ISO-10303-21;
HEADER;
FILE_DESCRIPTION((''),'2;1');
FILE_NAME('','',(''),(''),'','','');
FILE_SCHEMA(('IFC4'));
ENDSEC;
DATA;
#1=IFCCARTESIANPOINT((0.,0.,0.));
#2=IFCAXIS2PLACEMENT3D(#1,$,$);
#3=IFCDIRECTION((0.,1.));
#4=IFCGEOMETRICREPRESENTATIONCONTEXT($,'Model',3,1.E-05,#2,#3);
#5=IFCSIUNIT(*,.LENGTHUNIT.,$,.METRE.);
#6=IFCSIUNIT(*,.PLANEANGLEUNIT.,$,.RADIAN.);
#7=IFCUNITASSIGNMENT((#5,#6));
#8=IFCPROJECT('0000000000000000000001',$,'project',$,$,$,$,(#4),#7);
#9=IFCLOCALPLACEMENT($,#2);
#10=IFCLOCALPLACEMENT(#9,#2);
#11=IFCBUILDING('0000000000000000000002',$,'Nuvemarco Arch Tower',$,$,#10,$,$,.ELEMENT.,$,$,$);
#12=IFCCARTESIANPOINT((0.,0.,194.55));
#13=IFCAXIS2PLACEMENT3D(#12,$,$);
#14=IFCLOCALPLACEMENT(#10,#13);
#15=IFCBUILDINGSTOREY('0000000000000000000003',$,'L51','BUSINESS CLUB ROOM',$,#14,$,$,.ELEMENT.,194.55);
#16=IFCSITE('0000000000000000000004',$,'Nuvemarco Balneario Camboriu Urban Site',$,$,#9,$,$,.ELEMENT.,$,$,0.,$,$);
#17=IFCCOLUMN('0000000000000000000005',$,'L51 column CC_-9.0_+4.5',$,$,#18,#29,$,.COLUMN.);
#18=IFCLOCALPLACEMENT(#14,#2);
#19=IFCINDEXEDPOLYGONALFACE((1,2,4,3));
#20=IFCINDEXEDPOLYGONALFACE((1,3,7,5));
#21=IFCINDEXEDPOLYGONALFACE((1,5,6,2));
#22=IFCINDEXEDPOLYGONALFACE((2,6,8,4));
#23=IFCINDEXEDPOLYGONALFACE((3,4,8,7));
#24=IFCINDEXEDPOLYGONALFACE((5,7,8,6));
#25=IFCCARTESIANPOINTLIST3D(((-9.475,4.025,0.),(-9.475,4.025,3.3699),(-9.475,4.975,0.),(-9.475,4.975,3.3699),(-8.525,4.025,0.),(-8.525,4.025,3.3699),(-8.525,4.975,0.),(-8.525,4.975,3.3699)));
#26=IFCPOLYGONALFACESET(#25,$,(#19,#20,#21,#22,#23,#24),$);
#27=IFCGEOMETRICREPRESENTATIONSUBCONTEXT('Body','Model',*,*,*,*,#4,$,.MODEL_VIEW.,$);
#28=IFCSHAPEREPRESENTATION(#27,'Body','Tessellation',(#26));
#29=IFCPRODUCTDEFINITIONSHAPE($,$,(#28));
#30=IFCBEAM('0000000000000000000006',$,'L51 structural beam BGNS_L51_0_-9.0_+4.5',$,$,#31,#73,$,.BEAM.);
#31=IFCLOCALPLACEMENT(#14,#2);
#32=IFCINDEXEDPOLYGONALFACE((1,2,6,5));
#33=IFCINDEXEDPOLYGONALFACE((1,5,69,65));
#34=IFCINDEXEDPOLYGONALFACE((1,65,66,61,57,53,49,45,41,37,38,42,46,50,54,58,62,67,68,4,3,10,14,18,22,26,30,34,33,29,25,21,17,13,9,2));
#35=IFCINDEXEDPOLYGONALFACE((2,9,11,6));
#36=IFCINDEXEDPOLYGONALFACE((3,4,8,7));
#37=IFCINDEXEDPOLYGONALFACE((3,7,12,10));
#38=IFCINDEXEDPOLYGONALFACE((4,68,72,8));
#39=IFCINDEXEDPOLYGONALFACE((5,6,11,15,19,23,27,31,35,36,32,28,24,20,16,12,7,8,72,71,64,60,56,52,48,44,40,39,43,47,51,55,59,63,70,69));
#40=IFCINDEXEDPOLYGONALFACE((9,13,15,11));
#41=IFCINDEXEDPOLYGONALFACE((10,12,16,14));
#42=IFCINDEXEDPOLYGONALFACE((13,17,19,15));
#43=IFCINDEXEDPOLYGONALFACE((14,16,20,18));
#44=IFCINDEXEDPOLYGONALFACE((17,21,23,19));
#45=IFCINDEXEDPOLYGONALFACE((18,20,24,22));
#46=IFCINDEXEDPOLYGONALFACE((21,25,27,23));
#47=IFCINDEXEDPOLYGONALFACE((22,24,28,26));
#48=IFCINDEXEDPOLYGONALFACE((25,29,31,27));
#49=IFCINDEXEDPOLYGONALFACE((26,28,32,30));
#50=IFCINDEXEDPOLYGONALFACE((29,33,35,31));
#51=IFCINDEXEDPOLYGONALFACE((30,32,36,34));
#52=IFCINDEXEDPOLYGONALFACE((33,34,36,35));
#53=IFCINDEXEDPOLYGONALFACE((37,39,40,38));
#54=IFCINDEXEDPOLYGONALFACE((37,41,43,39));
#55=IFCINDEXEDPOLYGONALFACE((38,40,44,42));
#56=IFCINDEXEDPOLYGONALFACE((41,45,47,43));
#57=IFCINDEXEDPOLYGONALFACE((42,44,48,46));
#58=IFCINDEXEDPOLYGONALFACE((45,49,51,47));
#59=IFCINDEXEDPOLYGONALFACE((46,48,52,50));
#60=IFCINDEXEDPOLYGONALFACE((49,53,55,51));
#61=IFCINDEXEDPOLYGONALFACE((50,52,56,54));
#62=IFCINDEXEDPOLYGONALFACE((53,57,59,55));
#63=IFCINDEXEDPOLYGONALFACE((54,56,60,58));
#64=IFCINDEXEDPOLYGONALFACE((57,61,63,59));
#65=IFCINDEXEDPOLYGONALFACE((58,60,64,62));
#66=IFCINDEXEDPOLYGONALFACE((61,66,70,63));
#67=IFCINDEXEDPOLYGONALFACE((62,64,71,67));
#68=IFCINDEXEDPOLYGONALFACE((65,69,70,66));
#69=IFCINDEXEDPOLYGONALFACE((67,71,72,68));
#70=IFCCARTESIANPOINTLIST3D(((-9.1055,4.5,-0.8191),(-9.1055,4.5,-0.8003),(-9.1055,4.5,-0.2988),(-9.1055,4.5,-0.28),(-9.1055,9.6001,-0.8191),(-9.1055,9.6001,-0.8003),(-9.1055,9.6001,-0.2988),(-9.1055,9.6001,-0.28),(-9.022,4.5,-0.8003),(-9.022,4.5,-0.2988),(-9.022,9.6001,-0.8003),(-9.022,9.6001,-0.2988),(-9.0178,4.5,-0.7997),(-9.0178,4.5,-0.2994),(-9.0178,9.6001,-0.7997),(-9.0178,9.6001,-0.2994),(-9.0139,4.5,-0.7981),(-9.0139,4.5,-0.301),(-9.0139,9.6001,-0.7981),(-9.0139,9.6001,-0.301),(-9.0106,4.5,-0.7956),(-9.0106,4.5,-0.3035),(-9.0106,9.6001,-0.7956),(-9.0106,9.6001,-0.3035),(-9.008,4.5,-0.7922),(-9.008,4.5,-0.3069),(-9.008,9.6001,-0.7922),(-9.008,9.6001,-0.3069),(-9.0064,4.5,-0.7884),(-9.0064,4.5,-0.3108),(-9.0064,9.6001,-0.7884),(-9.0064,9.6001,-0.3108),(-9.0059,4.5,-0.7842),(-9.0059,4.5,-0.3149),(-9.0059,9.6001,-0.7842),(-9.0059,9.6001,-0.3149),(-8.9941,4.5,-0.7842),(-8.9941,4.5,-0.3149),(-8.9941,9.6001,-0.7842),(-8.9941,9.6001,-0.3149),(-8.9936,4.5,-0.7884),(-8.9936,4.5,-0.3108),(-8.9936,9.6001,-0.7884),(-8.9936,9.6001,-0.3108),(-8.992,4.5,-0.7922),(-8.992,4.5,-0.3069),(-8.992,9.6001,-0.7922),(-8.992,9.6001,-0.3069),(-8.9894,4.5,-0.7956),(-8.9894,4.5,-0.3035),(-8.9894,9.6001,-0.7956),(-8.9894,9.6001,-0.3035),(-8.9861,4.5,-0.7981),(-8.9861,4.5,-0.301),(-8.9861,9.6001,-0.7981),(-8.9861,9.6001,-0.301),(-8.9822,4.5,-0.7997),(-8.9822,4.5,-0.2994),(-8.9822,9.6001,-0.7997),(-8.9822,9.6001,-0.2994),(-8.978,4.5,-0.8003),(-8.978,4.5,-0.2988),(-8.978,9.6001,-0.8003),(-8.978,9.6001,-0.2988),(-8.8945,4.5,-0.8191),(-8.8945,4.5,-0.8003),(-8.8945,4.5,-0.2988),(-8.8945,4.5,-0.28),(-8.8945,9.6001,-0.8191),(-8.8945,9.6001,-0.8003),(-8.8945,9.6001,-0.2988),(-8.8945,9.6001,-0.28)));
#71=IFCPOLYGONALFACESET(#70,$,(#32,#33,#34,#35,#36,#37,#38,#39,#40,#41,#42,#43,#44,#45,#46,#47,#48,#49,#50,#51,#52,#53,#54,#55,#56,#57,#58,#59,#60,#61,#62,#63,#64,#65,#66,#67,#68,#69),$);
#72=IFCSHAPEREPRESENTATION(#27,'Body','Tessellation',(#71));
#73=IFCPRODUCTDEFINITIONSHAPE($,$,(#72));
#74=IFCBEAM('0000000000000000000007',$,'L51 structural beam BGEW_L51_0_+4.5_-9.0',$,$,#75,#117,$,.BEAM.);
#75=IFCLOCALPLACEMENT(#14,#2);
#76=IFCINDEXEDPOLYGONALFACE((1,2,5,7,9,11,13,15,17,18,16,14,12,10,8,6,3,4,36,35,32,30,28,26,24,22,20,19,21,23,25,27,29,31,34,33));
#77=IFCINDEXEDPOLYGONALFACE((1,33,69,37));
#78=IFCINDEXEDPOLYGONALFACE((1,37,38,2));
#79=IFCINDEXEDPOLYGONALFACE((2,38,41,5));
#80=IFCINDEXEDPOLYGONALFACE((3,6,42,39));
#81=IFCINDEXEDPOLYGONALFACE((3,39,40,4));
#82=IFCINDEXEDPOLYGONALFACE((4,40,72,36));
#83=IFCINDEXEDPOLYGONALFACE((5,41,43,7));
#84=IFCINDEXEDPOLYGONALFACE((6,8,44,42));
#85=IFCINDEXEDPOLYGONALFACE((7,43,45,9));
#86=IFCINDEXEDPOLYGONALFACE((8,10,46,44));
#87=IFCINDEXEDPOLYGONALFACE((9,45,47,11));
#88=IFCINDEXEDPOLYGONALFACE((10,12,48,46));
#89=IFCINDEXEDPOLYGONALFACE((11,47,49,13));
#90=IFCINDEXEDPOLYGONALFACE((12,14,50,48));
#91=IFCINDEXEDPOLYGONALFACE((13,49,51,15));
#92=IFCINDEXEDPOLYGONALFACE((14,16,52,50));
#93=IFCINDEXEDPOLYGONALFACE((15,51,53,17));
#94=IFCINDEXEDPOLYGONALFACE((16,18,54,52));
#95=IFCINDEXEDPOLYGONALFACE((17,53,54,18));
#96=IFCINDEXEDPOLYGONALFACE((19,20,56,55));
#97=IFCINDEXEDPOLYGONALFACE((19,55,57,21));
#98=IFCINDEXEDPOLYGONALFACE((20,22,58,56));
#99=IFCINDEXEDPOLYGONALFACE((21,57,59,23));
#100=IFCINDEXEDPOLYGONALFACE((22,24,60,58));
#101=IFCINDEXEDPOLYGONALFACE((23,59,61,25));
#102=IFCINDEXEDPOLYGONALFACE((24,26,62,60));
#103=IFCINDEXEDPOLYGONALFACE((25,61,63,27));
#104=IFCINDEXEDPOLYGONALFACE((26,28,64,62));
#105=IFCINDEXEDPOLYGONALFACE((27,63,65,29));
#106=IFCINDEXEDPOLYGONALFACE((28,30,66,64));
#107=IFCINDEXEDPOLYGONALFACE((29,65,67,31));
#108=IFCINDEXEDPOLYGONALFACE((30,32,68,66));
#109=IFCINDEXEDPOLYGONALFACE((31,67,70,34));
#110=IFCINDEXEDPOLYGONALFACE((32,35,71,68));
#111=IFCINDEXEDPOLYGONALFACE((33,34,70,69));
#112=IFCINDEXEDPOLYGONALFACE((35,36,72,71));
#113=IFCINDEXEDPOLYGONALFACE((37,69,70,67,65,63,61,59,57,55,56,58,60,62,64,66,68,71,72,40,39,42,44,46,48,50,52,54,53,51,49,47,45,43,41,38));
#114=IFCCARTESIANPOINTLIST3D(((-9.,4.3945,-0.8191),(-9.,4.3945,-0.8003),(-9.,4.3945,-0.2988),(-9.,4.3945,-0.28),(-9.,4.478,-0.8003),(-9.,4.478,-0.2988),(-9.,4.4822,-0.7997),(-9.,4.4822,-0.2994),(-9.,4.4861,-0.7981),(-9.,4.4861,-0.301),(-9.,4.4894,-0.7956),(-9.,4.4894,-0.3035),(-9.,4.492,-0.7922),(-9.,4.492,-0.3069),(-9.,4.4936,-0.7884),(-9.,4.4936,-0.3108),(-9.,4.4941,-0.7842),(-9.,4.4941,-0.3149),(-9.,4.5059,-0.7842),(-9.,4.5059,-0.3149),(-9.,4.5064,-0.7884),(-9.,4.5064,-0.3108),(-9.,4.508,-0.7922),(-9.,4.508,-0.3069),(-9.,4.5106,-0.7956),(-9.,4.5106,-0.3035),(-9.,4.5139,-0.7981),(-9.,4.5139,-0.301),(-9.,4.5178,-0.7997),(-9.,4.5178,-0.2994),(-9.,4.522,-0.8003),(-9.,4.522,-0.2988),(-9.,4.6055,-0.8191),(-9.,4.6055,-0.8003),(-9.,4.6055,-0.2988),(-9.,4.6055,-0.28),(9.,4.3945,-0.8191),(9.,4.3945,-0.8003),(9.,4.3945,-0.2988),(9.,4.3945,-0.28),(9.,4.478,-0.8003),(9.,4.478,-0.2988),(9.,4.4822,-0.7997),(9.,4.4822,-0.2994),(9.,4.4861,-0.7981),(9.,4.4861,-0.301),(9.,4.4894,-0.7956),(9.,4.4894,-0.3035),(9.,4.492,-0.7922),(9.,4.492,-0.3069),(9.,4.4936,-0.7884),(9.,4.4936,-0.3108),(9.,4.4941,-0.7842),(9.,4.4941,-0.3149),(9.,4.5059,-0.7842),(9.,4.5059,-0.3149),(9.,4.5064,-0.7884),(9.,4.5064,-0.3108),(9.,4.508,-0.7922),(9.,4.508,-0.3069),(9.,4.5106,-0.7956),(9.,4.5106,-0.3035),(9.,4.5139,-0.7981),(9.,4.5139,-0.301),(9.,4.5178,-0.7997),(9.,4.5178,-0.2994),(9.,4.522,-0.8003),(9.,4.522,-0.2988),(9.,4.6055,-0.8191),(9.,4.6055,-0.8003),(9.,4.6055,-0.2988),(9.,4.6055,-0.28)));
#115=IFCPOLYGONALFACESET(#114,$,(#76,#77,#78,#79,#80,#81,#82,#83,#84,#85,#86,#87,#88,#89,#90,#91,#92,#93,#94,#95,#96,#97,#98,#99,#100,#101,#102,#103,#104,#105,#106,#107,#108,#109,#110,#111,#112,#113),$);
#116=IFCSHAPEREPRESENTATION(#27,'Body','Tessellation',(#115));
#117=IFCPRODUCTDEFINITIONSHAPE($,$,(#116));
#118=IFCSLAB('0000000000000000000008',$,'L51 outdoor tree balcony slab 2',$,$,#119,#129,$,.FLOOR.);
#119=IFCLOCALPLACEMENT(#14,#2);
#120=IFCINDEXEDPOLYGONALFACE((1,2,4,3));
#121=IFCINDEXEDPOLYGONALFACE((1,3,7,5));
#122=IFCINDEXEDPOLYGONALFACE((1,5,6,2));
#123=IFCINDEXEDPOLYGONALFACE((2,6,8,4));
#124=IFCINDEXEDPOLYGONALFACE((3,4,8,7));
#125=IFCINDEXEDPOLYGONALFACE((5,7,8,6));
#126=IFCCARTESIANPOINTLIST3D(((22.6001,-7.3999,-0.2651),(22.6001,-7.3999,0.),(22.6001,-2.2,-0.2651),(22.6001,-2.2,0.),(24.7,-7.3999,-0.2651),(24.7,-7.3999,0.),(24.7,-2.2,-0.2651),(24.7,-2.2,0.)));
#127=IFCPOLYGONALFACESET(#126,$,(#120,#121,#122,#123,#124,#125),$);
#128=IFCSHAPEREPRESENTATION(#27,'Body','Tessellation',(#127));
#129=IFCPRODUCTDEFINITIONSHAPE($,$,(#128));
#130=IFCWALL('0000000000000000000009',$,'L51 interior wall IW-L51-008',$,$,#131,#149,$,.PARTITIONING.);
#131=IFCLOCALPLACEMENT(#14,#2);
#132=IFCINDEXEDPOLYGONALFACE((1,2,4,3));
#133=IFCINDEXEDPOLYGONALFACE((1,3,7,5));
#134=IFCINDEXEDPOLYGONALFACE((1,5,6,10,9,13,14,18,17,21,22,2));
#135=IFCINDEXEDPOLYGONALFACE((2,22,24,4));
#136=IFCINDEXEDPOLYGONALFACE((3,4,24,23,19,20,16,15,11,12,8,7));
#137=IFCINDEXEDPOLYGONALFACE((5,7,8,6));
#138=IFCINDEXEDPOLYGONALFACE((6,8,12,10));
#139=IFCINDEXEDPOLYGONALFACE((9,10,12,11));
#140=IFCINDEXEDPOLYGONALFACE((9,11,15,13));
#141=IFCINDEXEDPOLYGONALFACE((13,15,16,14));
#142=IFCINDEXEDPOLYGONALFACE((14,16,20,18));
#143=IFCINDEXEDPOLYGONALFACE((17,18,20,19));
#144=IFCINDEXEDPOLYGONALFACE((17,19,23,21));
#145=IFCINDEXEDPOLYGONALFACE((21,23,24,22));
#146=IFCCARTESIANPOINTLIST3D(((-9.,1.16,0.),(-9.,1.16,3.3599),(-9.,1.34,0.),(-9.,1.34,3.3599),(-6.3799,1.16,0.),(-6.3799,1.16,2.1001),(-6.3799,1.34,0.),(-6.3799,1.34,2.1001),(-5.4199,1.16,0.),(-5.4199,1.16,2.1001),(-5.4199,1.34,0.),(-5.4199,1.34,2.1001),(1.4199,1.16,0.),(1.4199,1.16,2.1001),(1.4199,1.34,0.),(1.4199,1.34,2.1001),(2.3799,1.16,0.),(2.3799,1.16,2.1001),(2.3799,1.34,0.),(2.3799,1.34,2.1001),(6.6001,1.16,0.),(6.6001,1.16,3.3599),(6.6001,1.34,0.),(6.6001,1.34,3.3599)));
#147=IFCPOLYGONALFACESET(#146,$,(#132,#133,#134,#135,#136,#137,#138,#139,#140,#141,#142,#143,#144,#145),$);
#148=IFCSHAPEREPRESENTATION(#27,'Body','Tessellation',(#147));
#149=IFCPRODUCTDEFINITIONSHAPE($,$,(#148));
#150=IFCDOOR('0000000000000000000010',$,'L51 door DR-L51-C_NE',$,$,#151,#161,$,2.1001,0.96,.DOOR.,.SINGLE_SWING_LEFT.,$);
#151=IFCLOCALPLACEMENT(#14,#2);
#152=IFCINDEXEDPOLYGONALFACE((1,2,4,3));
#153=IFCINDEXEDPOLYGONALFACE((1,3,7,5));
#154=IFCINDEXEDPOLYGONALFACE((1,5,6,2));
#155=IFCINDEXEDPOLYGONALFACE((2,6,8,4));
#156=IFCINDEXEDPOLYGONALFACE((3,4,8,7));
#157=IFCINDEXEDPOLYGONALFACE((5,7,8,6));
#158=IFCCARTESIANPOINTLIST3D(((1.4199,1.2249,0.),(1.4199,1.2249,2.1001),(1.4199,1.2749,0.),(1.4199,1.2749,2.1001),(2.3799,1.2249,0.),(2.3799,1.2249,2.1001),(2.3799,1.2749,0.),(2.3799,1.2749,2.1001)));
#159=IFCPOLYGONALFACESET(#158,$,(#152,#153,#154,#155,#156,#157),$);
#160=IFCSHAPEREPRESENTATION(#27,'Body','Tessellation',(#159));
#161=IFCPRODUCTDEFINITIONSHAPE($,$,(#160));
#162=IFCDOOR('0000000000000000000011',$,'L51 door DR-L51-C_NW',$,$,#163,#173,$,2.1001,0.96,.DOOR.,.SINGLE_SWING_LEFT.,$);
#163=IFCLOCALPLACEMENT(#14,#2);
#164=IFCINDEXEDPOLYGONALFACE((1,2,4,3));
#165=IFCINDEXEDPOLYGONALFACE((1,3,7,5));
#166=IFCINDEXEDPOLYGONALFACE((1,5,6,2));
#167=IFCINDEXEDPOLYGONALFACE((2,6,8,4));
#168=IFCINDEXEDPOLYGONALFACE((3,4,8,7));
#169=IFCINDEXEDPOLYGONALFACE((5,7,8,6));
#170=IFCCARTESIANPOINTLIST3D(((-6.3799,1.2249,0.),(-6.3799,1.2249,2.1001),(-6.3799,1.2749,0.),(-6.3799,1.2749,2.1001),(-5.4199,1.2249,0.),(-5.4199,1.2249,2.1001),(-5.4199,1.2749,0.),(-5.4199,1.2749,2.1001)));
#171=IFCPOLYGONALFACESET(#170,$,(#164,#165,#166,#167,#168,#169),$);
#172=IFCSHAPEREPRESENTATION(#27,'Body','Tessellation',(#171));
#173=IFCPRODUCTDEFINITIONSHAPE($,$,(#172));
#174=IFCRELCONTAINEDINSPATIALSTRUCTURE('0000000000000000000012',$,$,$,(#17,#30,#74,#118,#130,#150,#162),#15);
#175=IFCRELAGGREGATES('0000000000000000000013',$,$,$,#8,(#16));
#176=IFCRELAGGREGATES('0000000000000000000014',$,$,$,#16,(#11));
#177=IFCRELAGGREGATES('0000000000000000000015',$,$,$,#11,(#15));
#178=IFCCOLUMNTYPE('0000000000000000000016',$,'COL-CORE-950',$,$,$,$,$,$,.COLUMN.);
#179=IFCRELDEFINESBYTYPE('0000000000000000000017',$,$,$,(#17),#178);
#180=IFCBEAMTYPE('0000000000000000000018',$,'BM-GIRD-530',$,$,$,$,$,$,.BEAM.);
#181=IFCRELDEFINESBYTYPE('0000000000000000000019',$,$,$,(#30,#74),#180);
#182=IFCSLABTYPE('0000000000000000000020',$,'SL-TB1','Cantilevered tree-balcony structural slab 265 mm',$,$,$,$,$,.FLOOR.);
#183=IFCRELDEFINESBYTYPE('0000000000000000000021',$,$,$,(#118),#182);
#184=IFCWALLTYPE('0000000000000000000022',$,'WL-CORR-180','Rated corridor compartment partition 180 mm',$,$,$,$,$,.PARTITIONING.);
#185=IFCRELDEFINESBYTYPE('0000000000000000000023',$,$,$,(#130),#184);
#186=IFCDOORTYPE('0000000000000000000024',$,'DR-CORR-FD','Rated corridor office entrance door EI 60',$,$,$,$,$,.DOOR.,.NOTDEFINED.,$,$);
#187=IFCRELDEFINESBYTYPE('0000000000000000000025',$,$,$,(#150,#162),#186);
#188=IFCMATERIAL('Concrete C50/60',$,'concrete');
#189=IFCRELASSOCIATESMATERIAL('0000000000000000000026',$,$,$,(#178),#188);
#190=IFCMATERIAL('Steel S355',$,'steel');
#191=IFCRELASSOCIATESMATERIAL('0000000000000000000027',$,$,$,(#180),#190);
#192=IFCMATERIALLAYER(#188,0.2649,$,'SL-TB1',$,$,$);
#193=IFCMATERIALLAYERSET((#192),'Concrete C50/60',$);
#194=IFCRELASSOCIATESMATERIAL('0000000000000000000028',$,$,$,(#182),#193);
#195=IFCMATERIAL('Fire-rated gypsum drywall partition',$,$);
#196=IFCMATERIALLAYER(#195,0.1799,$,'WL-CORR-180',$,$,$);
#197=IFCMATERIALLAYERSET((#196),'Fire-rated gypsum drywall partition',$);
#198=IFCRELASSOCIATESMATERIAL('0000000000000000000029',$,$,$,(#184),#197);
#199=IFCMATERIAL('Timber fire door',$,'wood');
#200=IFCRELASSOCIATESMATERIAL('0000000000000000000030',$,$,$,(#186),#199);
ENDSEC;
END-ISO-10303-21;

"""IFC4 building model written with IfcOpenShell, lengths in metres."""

from ifc_helpers import new_model, si_unit, direction, frame, frame_2d, origin, origin_2d, place, context, subcontext, project, spatial, polyline, rectangle, i_section, outline, extrude, source, transform, mapped, material, layer, layer_set, material_profile, profile_set, type_object, type_shapes, element, fill, save


model = new_model("IFC4")

# Units and contexts
model_context = context("Model", 3, precision=1e-05, world=origin(), true_north=direction((0.0, 1.0)))
body_context = subcontext(model_context, "Body", "Model", "MODEL_VIEW")
ifc_project = project(units=[si_unit("LENGTHUNIT", "METRE"), si_unit("PLANEANGLEUNIT", "RADIAN")], contexts=[model_context])

# Site, building, storey
site_placement = place(None, origin())
site = spatial("IfcSite", under=ifc_project, at=site_placement, Name="Nuvemarco Balneario Camboriu Urban Site", CompositionType="ELEMENT", RefElevation=0.0)
building_placement = place(site_placement, origin())
building = spatial("IfcBuilding", under=site, at=building_placement, Name="Nuvemarco Arch Tower", CompositionType="ELEMENT")
storey_placement = place(building_placement, frame((0.0, 0.0, 194.55)))
storey = spatial("IfcBuildingStorey", under=building, at=storey_placement, Name="L51", Description="BUSINESS CLUB ROOM", CompositionType="ELEMENT", Elevation=194.55)

# Column
ifc_material_1 = material(Name="Concrete C50/60", Category="concrete")
ifc_material_profile_1 = material_profile(ifc_material_1, rectangle(XDim=0.95, YDim=0.95, at=origin_2d()), Name="RC-COL-950x950")
ifc_profile_set_1 = profile_set([ifc_material_profile_1], Name="Concrete C50/60")
column_type = type_object("IfcColumnType", Name="COL-CORE-950", PredefinedType="COLUMN", material=ifc_profile_set_1)
column_placement = place(storey_placement, frame((-9.0, 4.5, 0.0), z_axis=(0.0, 0.0, 1.0), x_axis=(1.0, 0.0, 0.0)))
element("IfcColumn", 1, at=column_placement, inside=storey, type_object=column_type, Name="L51 column CC_-9.0_+4.5", PredefinedType="COLUMN", context=body_context, shape_type="SweptSolid", body=[
    extrude(rectangle(XDim=0.95, YDim=0.95, at=origin_2d()), origin(), (0.0, 0.0, 1.0), 3.3699),
])

# Beams
ifc_material_2 = material(Name="Steel S355", Category="steel")
ifc_material_profile_2 = material_profile(ifc_material_2, i_section(OverallWidth=0.2109, OverallDepth=0.5391, WebThickness=0.0117, FlangeThickness=0.0188, FilletRadius=0.0161, at=origin_2d()), Name="W530x109")
ifc_profile_set_2 = profile_set([ifc_material_profile_2], Name="Steel S355")
beam_type = type_object("IfcBeamType", Name="BM-GIRD-530", PredefinedType="BEAM", material=ifc_profile_set_2)
beam_1_placement = place(storey_placement, frame((-9.0, 4.5, -0.5496), z_axis=(0.0, 1.0, 0.0), x_axis=(-1.0, 0.0, 0.0)))
element("IfcBeam", 2, at=beam_1_placement, inside=storey, type_object=beam_type, Name="L51 structural beam BGNS_L51_0_-9.0_+4.5", PredefinedType="BEAM", context=body_context, shape_type="SweptSolid", body=[
    extrude(i_section(OverallWidth=0.2109, OverallDepth=0.5391, WebThickness=0.0117, FlangeThickness=0.0188, FilletRadius=0.0161, at=origin_2d()), origin(), (0.0, 0.0, 1.0), 5.1001),
])
beam_2_placement = place(storey_placement, frame((-9.0, 4.5, -0.5496), z_axis=(1.0, 0.0, 0.0), x_axis=(0.0, 1.0, 0.0)))
element("IfcBeam", 3, at=beam_2_placement, inside=storey, type_object=beam_type, Name="L51 structural beam BGEW_L51_0_+4.5_-9.0", PredefinedType="BEAM", context=body_context, shape_type="SweptSolid", body=[
    extrude(i_section(OverallWidth=0.2109, OverallDepth=0.5391, WebThickness=0.0117, FlangeThickness=0.0188, FilletRadius=0.0161, at=origin_2d()), origin(), (0.0, 0.0, 1.0), 18.0),
])

# Slab
ifc_layer_1 = layer(ifc_material_1, 0.2649, Name="SL-TB1")
ifc_layer_set_1 = layer_set([ifc_layer_1], Name="Concrete C50/60")
slab_type = type_object("IfcSlabType", Name="SL-TB1", Description="Cantilevered tree-balcony structural slab 265 mm", PredefinedType="FLOOR", material=ifc_layer_set_1)
slab_placement = place(storey_placement, frame((0.0, 0.0, -0.2651)))
element("IfcSlab", 4, at=slab_placement, inside=storey, type_object=slab_type, Name="L51 outdoor tree balcony slab 2", PredefinedType="FLOOR", context=body_context, shape_type="SweptSolid", body=[
    extrude(outline(polyline([(22.6001, -7.3999), (24.7, -7.3999), (24.7, -2.2), (22.6001, -2.2), (22.6001, -7.3999)])), origin(), (0.0, 0.0, 1.0), 0.2651),
])

# Wall, openings, doors
ifc_material_3 = material(Name="Fire-rated gypsum drywall partition")
ifc_layer_2 = layer(ifc_material_3, 0.1799, Name="WL-CORR-180")
ifc_layer_set_2 = layer_set([ifc_layer_2], Name="Fire-rated gypsum drywall partition")
wall_type_1 = type_object("IfcWallType", Name="WL-CORR-180", Description="Rated corridor compartment partition 180 mm", PredefinedType="PARTITIONING", material=ifc_layer_set_2)
wall_1_placement = place(storey_placement, frame((-9.0, 1.25, 0.0), z_axis=(0.0, 0.0, 1.0), x_axis=(1.0, 0.0, 0.0)))
wall_1 = element("IfcWall", 5, at=wall_1_placement, inside=storey, type_object=wall_type_1, Name="L51 interior wall IW-L51-008", PredefinedType="PARTITIONING", context=body_context, shape_type="SweptSolid", body=[
    extrude(rectangle(XDim=15.6001, YDim=0.1799, at=frame_2d((7.8, 0.0))), origin(), (0.0, 0.0, 1.0), 3.3599),
])
opening_1_placement = place(wall_1_placement, frame((10.4199, 0.0, 0.0)))
opening_1 = element("IfcOpeningElement", 6, at=opening_1_placement, cuts=wall_1, PredefinedType="OPENING", context=body_context, shape_type="SweptSolid", body=[
    extrude(rectangle(XDim=0.96, YDim=2.1001, at=frame_2d((0.48, 1.05))), frame((0.0, 0.0999, 0.0), z_axis=(0.0, -1.0, 0.0), x_axis=(1.0, 0.0, 0.0)), (0.0, 0.0, 1.0), 0.2),
])
opening_2_placement = place(wall_1_placement, frame((2.6201, 0.0, 0.0)))
opening_2 = element("IfcOpeningElement", 7, at=opening_2_placement, cuts=wall_1, PredefinedType="OPENING", context=body_context, shape_type="SweptSolid", body=[
    extrude(rectangle(XDim=0.96, YDim=2.1001, at=frame_2d((0.48, 1.05))), frame((0.0, 0.0999, 0.0), z_axis=(0.0, -1.0, 0.0), x_axis=(1.0, 0.0, 0.0)), (0.0, 0.0, 1.0), 0.2),
])
ifc_material_4 = material(Name="Timber fire door", Category="wood")
door_type_1 = type_object("IfcDoorType", Name="DR-CORR-FD", Description="Rated corridor office entrance door EI 60", OperationType="NOTDEFINED", PredefinedType="DOOR", material=ifc_material_4)
shared_shape_1 = source(origin(), body_context, "Body", "SweptSolid", [
    extrude(rectangle(XDim=0.96, YDim=2.1001, at=frame_2d((0.48, 1.05))), frame((0.0, 0.0249, 0.0), z_axis=(0.0, -1.0, 0.0), x_axis=(1.0, 0.0, 0.0)), (0.0, 0.0, 1.0), 0.05),
])
type_shapes(door_type_1, [shared_shape_1])
door_1_placement = place(opening_1_placement, origin())
door_1 = element("IfcDoor", 8, at=door_1_placement, inside=storey, type_object=door_type_1, Name="L51 door DR-L51-C_NE", OperationType="SINGLE_SWING_LEFT", OverallHeight=2.1001, OverallWidth=0.96, PredefinedType="DOOR", context=body_context, shape_type="MappedRepresentation", body=[
    mapped(shared_shape_1, transform((0.0, 0.0, 0.0), scale=1.0)),
])
fill(opening_1, door_1)
door_2_placement = place(opening_2_placement, origin())
door_2 = element("IfcDoor", 9, at=door_2_placement, inside=storey, type_object=door_type_1, Name="L51 door DR-L51-C_NW", OperationType="SINGLE_SWING_LEFT", OverallHeight=2.1001, OverallWidth=0.96, PredefinedType="DOOR", context=body_context, shape_type="MappedRepresentation", body=[
    mapped(shared_shape_1, transform((0.0, 0.0, 0.0), scale=1.0)),
])
fill(opening_2, door_2)

save(model, "model.ifc")
